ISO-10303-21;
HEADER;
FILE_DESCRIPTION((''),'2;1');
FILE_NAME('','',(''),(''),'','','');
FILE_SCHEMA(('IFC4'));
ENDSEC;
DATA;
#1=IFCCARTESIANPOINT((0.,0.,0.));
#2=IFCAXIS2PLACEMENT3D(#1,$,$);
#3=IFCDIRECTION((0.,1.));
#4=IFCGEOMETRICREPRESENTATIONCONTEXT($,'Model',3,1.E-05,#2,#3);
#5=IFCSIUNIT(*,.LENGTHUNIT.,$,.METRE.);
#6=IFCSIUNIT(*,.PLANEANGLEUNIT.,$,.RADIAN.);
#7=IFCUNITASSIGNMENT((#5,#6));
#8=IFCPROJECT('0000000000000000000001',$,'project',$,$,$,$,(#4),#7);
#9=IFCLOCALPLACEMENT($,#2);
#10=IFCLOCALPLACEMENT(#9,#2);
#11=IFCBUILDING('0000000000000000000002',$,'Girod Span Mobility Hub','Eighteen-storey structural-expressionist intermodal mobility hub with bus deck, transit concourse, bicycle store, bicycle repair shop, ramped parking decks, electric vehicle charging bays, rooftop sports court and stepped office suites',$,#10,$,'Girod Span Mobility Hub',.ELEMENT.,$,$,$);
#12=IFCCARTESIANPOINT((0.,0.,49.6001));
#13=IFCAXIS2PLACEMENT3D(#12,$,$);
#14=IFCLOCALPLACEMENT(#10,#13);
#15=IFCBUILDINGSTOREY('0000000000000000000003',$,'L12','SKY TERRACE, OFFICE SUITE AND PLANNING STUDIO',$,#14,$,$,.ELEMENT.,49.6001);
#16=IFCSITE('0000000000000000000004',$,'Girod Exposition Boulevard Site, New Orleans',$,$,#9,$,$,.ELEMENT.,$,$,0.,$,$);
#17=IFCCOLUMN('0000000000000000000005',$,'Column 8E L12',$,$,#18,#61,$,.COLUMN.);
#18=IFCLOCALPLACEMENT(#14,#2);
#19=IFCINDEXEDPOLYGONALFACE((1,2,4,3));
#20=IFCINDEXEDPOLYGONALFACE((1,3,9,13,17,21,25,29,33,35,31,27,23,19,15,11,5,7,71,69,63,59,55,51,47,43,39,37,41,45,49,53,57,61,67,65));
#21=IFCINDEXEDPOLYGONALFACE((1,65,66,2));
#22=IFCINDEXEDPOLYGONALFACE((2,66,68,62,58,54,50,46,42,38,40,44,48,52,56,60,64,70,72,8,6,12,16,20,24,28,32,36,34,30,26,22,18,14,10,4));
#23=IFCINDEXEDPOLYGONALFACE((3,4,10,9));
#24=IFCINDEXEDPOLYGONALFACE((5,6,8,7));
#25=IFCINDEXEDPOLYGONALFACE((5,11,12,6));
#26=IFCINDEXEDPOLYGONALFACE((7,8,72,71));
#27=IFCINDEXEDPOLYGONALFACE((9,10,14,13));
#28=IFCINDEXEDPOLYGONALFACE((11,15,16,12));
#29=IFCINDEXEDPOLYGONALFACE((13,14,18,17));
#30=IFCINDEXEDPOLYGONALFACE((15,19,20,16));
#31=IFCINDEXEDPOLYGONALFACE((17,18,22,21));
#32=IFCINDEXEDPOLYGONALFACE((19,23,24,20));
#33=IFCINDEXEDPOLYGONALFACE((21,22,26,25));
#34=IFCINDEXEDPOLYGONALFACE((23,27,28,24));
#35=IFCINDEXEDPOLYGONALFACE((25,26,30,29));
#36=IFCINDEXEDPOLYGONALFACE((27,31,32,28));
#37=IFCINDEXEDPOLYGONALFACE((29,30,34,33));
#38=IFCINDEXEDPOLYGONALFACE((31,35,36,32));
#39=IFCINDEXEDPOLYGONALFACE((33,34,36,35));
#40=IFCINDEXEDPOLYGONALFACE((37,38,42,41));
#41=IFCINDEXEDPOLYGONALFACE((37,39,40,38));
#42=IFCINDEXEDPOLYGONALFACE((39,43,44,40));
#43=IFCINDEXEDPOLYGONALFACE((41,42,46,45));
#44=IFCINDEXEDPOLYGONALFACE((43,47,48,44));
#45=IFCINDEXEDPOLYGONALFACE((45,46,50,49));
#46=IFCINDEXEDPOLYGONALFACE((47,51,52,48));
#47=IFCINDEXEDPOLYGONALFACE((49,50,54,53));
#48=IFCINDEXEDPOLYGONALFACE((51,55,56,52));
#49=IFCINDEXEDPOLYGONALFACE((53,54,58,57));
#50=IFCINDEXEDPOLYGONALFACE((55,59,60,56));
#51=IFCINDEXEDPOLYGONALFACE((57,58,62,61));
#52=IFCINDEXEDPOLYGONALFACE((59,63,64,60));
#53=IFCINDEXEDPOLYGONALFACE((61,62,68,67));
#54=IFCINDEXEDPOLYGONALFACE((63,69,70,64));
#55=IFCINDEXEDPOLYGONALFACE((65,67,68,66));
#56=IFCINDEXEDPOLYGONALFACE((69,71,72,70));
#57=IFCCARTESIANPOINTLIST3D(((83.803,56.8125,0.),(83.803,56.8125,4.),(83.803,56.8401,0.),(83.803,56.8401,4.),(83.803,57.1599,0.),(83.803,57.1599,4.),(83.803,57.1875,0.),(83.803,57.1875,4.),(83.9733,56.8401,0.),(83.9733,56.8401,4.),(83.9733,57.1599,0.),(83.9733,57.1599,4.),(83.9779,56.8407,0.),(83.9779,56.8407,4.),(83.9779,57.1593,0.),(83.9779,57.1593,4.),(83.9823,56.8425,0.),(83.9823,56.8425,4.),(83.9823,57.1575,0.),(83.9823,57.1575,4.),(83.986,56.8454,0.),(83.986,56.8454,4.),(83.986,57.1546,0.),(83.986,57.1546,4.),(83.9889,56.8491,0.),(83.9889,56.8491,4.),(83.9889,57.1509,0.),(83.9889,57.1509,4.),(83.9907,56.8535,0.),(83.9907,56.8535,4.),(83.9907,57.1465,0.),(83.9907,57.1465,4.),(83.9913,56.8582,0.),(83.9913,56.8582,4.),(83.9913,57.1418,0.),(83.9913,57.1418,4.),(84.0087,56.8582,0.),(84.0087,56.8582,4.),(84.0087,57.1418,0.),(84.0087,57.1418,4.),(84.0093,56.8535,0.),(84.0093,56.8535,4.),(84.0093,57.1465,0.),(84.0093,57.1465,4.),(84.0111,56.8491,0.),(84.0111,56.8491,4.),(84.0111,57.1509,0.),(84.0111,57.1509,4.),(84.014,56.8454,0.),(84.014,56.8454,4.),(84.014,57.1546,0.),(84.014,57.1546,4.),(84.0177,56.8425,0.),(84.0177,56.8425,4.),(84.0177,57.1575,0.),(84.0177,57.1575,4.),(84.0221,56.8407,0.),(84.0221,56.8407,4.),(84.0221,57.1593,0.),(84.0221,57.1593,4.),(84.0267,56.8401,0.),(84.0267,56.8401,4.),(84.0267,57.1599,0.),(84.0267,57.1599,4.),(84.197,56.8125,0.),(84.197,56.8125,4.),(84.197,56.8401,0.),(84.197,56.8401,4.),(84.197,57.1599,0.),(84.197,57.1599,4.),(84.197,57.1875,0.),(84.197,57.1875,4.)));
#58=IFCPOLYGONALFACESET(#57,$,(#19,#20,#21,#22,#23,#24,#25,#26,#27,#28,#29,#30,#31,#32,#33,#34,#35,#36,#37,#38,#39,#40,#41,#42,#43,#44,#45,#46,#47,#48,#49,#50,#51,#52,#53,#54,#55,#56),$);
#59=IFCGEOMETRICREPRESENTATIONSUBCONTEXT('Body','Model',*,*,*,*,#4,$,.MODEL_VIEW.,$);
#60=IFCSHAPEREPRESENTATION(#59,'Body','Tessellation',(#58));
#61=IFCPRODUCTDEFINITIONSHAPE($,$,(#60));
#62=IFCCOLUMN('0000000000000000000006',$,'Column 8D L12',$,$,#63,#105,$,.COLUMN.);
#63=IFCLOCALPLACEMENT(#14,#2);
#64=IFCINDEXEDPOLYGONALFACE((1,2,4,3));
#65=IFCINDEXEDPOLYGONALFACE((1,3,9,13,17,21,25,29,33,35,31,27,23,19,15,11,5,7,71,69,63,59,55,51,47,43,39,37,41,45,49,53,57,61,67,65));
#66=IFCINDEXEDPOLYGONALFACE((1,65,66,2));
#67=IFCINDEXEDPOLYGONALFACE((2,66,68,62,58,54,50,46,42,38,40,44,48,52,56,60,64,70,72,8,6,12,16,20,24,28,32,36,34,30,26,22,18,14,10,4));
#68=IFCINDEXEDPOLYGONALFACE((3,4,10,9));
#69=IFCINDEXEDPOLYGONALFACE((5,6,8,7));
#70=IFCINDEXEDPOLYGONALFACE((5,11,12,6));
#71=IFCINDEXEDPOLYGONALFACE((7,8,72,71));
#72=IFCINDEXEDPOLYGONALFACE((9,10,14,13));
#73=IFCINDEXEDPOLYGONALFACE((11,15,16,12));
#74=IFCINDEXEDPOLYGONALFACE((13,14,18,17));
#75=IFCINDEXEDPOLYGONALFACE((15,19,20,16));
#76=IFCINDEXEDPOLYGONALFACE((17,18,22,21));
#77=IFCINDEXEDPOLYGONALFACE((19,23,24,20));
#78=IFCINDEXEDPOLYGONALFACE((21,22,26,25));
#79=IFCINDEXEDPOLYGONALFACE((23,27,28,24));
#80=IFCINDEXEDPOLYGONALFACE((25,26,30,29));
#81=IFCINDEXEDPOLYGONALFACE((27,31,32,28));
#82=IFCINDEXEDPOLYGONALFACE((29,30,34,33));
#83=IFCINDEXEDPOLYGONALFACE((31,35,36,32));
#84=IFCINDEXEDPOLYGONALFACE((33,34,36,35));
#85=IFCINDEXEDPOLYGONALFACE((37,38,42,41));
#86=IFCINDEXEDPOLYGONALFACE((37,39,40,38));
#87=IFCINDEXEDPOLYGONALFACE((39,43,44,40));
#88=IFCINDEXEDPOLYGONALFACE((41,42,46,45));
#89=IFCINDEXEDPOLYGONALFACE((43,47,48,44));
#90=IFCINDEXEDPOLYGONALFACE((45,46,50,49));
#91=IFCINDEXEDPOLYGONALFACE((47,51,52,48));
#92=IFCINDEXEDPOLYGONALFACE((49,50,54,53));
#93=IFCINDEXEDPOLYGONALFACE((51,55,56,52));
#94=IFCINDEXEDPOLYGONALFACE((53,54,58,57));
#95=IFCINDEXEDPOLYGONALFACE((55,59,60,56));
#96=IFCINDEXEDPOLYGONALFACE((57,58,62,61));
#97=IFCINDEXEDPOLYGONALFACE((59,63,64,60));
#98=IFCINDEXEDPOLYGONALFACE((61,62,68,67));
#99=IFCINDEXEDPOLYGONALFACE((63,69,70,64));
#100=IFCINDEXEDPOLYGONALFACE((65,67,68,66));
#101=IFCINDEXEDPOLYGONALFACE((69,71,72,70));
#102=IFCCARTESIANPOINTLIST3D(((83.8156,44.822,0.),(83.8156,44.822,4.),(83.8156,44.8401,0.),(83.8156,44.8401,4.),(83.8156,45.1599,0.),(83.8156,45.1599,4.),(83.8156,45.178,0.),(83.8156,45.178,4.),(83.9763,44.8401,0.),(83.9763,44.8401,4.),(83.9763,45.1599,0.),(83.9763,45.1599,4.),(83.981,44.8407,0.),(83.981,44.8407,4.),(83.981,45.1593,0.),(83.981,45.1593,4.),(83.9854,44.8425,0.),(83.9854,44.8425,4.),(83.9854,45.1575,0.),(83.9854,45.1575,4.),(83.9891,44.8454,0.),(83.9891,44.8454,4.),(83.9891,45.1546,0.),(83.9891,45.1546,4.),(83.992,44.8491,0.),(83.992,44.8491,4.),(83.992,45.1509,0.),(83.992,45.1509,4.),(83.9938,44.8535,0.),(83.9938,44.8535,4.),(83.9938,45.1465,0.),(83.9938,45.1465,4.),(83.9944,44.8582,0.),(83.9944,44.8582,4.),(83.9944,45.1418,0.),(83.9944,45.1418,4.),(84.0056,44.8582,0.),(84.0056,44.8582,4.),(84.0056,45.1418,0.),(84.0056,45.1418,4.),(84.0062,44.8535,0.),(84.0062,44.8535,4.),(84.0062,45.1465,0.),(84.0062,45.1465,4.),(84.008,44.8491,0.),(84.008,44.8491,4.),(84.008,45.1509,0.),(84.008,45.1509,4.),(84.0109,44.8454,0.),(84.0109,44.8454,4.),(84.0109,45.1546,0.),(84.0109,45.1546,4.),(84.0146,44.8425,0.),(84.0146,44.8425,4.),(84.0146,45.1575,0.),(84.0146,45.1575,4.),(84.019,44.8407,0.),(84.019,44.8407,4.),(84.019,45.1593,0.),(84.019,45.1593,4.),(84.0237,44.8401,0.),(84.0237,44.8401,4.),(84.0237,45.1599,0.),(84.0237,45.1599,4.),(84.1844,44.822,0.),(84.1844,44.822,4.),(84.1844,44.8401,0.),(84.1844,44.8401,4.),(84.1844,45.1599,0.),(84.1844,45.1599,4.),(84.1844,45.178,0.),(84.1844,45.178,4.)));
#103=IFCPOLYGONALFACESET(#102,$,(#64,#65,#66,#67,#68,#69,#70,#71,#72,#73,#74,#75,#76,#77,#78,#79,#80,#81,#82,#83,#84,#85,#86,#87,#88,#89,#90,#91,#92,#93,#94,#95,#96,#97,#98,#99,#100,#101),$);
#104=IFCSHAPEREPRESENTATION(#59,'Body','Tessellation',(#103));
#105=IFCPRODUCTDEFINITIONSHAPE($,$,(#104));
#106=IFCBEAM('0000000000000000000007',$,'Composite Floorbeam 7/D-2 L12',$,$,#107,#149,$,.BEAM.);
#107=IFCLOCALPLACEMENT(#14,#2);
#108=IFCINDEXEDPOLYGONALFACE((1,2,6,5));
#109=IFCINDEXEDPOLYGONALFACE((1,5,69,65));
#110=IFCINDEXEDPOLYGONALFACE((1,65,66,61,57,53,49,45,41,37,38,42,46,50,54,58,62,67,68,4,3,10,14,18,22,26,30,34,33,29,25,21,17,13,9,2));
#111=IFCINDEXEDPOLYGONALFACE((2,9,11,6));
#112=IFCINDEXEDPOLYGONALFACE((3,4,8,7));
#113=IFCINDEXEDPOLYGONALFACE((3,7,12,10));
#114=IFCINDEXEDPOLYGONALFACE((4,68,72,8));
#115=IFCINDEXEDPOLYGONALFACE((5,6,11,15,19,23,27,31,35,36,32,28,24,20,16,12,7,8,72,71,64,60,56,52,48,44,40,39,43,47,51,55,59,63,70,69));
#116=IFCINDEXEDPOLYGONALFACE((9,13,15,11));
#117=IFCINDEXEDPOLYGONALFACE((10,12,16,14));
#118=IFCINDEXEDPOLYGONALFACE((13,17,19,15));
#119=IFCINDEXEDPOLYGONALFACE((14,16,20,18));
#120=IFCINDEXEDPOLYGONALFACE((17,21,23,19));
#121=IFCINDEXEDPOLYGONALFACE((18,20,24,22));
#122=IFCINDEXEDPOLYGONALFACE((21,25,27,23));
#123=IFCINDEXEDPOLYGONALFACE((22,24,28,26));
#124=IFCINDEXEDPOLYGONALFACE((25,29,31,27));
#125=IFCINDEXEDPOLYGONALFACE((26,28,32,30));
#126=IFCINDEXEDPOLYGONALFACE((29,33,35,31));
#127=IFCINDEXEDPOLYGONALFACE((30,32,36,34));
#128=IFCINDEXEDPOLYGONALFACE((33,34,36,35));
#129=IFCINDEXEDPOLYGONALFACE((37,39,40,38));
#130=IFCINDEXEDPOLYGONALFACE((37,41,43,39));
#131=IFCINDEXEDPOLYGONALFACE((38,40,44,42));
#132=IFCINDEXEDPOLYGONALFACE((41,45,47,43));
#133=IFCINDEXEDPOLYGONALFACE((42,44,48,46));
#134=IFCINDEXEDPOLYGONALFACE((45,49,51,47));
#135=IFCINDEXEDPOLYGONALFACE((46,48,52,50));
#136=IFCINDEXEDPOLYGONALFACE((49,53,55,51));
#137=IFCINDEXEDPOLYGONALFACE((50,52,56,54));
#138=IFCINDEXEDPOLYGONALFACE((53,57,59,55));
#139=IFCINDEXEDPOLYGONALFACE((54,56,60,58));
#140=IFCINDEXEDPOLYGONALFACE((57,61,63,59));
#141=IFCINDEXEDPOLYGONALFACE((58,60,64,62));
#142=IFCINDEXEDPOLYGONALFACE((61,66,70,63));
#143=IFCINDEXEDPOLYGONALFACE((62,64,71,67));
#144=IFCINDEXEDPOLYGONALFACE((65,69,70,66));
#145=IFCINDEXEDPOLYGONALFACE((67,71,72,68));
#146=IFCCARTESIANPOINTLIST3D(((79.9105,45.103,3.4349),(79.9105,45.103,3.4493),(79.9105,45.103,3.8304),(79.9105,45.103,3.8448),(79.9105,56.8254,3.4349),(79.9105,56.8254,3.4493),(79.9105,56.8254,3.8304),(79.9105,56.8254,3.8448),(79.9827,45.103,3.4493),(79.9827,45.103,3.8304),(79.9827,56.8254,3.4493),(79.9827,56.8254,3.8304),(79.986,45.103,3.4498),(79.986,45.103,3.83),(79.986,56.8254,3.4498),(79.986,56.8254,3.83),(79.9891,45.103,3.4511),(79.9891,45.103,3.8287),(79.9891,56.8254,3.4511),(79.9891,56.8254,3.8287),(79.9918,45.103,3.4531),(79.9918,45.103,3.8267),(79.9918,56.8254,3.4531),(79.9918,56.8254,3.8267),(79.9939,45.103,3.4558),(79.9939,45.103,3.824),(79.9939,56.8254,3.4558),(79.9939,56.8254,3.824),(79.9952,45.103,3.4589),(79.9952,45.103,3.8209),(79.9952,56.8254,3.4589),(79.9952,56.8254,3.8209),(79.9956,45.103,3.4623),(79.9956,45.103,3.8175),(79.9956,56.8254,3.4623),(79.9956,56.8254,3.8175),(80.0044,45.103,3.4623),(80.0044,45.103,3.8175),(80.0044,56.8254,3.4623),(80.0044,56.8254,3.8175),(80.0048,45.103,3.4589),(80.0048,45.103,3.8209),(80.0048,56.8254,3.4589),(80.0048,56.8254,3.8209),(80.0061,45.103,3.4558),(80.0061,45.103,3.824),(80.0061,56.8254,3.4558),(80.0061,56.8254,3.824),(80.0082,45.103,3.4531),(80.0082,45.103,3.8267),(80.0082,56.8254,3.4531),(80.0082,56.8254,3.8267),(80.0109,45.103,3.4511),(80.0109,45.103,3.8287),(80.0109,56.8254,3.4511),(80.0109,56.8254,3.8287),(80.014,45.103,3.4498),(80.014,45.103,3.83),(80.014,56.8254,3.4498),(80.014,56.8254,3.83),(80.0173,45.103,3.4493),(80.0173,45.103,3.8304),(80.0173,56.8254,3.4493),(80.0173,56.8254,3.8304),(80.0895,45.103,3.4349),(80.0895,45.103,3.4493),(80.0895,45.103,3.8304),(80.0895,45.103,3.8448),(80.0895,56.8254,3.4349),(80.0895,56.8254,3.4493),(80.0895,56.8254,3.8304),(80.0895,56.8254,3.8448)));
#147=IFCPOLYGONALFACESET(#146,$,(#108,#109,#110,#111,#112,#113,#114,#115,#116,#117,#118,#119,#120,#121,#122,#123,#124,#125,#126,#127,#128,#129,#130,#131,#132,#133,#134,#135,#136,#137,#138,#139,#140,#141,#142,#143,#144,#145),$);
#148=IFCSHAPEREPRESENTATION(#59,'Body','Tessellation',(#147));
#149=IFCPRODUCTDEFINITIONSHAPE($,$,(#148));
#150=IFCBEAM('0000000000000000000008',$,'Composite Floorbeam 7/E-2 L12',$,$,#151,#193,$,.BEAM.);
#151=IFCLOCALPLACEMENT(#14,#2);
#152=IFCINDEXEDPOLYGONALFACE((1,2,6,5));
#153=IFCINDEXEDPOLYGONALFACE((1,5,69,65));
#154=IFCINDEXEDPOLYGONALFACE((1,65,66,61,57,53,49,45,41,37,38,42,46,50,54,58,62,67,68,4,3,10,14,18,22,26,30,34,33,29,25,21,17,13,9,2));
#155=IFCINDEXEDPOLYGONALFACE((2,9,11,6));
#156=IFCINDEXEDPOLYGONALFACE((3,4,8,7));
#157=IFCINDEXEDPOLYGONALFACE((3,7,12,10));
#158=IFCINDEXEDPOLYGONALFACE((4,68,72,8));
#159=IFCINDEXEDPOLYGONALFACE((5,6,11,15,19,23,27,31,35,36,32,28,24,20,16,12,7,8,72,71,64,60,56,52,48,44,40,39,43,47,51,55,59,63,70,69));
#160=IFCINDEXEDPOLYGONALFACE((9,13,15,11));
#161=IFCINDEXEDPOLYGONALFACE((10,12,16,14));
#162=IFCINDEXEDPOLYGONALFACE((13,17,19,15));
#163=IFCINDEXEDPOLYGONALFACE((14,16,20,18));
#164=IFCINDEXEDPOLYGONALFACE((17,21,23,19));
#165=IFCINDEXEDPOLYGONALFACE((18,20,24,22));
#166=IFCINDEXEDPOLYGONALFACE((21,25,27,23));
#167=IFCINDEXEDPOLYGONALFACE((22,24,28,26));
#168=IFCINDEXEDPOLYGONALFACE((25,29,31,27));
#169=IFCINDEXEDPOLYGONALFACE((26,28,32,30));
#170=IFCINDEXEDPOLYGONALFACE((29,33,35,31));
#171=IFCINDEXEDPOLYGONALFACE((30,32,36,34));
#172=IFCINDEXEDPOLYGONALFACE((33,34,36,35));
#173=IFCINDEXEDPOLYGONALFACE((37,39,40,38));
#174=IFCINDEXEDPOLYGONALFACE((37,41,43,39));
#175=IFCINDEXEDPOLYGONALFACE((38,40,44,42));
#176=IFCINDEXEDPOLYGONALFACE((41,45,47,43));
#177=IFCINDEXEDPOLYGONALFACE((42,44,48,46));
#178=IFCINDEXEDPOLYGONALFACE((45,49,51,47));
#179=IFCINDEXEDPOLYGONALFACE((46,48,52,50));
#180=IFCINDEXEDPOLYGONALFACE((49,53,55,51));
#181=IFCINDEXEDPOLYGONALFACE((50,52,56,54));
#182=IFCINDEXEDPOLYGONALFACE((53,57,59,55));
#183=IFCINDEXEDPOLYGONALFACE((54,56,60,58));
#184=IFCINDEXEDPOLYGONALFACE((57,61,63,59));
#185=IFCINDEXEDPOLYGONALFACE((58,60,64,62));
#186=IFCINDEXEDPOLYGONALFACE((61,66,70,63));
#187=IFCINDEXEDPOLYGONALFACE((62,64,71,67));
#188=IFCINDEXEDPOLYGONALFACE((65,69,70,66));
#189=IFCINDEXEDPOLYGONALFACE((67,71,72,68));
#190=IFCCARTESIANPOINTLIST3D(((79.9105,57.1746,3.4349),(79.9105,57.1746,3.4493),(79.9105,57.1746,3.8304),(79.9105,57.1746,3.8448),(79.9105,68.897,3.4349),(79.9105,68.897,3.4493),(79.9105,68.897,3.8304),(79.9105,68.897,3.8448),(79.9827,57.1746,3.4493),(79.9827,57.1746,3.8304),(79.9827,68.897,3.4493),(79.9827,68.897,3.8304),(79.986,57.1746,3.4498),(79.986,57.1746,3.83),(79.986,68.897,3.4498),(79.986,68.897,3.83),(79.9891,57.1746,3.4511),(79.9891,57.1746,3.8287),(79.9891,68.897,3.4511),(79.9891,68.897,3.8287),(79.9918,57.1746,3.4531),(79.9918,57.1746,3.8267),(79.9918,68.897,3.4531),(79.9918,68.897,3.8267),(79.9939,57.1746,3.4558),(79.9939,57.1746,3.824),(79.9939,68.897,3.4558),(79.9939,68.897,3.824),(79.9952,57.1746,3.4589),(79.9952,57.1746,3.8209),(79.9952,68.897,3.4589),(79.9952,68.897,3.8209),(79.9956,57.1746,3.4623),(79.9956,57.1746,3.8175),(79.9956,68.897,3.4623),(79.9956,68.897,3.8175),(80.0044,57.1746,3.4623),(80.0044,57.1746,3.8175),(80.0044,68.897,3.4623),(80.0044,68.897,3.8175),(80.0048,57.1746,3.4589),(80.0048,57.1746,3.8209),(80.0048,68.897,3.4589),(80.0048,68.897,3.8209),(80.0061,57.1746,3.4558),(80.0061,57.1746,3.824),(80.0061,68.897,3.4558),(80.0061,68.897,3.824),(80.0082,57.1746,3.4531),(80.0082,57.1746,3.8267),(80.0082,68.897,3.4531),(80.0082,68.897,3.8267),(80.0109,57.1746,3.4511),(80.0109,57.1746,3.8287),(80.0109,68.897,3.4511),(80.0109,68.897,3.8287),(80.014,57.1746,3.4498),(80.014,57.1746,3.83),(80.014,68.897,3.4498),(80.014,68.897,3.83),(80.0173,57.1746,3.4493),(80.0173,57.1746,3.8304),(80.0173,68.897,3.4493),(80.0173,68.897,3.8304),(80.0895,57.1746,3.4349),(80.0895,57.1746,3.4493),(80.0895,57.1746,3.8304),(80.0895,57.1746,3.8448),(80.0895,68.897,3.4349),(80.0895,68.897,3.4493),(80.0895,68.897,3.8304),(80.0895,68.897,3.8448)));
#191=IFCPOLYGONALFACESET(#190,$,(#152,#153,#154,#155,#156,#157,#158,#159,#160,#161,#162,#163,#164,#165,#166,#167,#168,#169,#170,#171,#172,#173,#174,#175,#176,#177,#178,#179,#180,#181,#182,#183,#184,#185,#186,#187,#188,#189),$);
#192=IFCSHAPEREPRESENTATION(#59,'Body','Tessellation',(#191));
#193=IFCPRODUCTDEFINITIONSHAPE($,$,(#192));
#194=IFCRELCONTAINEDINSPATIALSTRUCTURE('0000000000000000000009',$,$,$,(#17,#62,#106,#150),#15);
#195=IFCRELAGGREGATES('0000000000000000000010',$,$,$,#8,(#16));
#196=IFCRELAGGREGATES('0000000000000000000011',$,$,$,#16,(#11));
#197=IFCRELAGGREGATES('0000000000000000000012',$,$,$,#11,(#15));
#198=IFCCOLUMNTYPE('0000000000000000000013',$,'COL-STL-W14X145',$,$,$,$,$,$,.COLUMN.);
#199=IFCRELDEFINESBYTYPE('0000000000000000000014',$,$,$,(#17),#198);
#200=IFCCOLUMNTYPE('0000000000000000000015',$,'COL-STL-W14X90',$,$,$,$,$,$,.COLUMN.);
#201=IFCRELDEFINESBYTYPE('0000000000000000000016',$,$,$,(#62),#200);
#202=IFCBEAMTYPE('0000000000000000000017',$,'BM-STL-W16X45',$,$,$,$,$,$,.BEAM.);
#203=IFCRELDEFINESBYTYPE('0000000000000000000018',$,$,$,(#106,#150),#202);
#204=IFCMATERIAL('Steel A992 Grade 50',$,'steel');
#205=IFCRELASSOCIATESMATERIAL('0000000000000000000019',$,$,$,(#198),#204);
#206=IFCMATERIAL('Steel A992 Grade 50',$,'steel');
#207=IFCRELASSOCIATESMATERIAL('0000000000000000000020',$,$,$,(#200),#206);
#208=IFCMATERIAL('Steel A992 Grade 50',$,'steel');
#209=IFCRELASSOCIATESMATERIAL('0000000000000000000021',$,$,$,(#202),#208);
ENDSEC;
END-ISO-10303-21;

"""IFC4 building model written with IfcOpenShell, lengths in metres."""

from ifc_helpers import new_model, si_unit, direction, frame, origin, origin_2d, place, context, subcontext, project, spatial, i_section, extrude, material, material_profile, profile_set, type_object, element, save


model = new_model("IFC4")

# Units and contexts
model_context = context("Model", 3, precision=1e-05, world=origin(), true_north=direction((0.0, 1.0)))
body_context = subcontext(model_context, "Body", "Model", "MODEL_VIEW")
ifc_project = project(units=[si_unit("LENGTHUNIT", "METRE"), si_unit("PLANEANGLEUNIT", "RADIAN")], contexts=[model_context])

# Site, building, storey
site_placement = place(None, origin())
site = spatial("IfcSite", under=ifc_project, at=site_placement, Name="Girod Exposition Boulevard Site, New Orleans", CompositionType="ELEMENT", RefElevation=0.0)
building_placement = place(site_placement, origin())
building = spatial("IfcBuilding", under=site, at=building_placement, Name="Girod Span Mobility Hub", Description="Eighteen-storey structural-expressionist intermodal mobility hub with bus deck, transit concourse, bicycle store, bicycle repair shop, ramped parking decks, electric vehicle charging bays, rooftop sports court and stepped office suites", LongName="Girod Span Mobility Hub", CompositionType="ELEMENT")
storey_placement = place(building_placement, frame((0.0, 0.0, 49.6001)))
storey = spatial("IfcBuildingStorey", under=building, at=storey_placement, Name="L12", Description="SKY TERRACE, OFFICE SUITE AND PLANNING STUDIO", CompositionType="ELEMENT", Elevation=49.6001)

# Columns
ifc_material_1 = material(Name="Steel A992 Grade 50", Category="steel")
ifc_material_profile_1 = material_profile(ifc_material_1, i_section(OverallWidth=0.394, OverallDepth=0.375, WebThickness=0.0173, FlangeThickness=0.0276, FilletRadius=0.0181, at=origin_2d()), Name="W14X145")
ifc_profile_set_1 = profile_set([ifc_material_profile_1], Name="Steel A992 Grade 50")
column_type_1 = type_object("IfcColumnType", Name="COL-STL-W14X145", PredefinedType="COLUMN", material=ifc_profile_set_1)
column_1_placement = place(storey_placement, frame((84.0, 57.0, 0.0), z_axis=(0.0, 0.0, 1.0), x_axis=(1.0, 0.0, 0.0)))
element("IfcColumn", 1, at=column_1_placement, inside=storey, type_object=column_type_1, Name="Column 8E L12", PredefinedType="COLUMN", context=body_context, shape_type="SweptSolid", body=[
    extrude(i_section(OverallWidth=0.394, OverallDepth=0.375, WebThickness=0.0173, FlangeThickness=0.0276, FilletRadius=0.0181, at=origin_2d()), origin(), (0.0, 0.0, 1.0), 4.0),
])
ifc_material_2 = material(Name="Steel A992 Grade 50", Category="steel")
ifc_material_profile_2 = material_profile(ifc_material_2, i_section(OverallWidth=0.3689, OverallDepth=0.356, WebThickness=0.0112, FlangeThickness=0.0181, FilletRadius=0.0181, at=origin_2d()), Name="W14X90")
ifc_profile_set_2 = profile_set([ifc_material_profile_2], Name="Steel A992 Grade 50")
column_type_2 = type_object("IfcColumnType", Name="COL-STL-W14X90", PredefinedType="COLUMN", material=ifc_profile_set_2)
column_2_placement = place(storey_placement, frame((84.0, 45.0, 0.0), z_axis=(0.0, 0.0, 1.0), x_axis=(1.0, 0.0, 0.0)))
element("IfcColumn", 2, at=column_2_placement, inside=storey, type_object=column_type_2, Name="Column 8D L12", PredefinedType="COLUMN", context=body_context, shape_type="SweptSolid", body=[
    extrude(i_section(OverallWidth=0.3689, OverallDepth=0.356, WebThickness=0.0112, FlangeThickness=0.0181, FilletRadius=0.0181, at=origin_2d()), origin(), (0.0, 0.0, 1.0), 4.0),
])

# Beams
ifc_material_3 = material(Name="Steel A992 Grade 50", Category="steel")
ifc_material_profile_3 = material_profile(ifc_material_3, i_section(OverallWidth=0.179, OverallDepth=0.4099, WebThickness=0.0088, FlangeThickness=0.0144, FilletRadius=0.0129, at=origin_2d()), Name="W16X45")
ifc_profile_set_3 = profile_set([ifc_material_profile_3], Name="Steel A992 Grade 50")
beam_type_1 = type_object("IfcBeamType", Name="BM-STL-W16X45", PredefinedType="BEAM", material=ifc_profile_set_3)
for number, where, z_axis, x_axis, name in (
    (3, (80.0, 45.103, 3.6399), (0.0, 1.0, 0.0), (-1.0, 0.0, 0.0), "Composite Floorbeam 7/D-2 L12"),
    (4, (80.0, 57.1746, 3.6399), (0.0, 1.0, 0.0), (-1.0, 0.0, 0.0), "Composite Floorbeam 7/E-2 L12"),
):
    element("IfcBeam", number, at=place(storey_placement, frame(where, z_axis=z_axis, x_axis=x_axis)), inside=storey, type_object=beam_type_1, Name=name, PredefinedType="BEAM", context=body_context, shape_type="SweptSolid", body=[
        extrude(i_section(OverallWidth=0.179, OverallDepth=0.4099, WebThickness=0.0088, FlangeThickness=0.0144, FilletRadius=0.0129, at=origin_2d()), origin(), (0.0, 0.0, 1.0), 11.7224),
    ])

save(model, "model.ifc")
